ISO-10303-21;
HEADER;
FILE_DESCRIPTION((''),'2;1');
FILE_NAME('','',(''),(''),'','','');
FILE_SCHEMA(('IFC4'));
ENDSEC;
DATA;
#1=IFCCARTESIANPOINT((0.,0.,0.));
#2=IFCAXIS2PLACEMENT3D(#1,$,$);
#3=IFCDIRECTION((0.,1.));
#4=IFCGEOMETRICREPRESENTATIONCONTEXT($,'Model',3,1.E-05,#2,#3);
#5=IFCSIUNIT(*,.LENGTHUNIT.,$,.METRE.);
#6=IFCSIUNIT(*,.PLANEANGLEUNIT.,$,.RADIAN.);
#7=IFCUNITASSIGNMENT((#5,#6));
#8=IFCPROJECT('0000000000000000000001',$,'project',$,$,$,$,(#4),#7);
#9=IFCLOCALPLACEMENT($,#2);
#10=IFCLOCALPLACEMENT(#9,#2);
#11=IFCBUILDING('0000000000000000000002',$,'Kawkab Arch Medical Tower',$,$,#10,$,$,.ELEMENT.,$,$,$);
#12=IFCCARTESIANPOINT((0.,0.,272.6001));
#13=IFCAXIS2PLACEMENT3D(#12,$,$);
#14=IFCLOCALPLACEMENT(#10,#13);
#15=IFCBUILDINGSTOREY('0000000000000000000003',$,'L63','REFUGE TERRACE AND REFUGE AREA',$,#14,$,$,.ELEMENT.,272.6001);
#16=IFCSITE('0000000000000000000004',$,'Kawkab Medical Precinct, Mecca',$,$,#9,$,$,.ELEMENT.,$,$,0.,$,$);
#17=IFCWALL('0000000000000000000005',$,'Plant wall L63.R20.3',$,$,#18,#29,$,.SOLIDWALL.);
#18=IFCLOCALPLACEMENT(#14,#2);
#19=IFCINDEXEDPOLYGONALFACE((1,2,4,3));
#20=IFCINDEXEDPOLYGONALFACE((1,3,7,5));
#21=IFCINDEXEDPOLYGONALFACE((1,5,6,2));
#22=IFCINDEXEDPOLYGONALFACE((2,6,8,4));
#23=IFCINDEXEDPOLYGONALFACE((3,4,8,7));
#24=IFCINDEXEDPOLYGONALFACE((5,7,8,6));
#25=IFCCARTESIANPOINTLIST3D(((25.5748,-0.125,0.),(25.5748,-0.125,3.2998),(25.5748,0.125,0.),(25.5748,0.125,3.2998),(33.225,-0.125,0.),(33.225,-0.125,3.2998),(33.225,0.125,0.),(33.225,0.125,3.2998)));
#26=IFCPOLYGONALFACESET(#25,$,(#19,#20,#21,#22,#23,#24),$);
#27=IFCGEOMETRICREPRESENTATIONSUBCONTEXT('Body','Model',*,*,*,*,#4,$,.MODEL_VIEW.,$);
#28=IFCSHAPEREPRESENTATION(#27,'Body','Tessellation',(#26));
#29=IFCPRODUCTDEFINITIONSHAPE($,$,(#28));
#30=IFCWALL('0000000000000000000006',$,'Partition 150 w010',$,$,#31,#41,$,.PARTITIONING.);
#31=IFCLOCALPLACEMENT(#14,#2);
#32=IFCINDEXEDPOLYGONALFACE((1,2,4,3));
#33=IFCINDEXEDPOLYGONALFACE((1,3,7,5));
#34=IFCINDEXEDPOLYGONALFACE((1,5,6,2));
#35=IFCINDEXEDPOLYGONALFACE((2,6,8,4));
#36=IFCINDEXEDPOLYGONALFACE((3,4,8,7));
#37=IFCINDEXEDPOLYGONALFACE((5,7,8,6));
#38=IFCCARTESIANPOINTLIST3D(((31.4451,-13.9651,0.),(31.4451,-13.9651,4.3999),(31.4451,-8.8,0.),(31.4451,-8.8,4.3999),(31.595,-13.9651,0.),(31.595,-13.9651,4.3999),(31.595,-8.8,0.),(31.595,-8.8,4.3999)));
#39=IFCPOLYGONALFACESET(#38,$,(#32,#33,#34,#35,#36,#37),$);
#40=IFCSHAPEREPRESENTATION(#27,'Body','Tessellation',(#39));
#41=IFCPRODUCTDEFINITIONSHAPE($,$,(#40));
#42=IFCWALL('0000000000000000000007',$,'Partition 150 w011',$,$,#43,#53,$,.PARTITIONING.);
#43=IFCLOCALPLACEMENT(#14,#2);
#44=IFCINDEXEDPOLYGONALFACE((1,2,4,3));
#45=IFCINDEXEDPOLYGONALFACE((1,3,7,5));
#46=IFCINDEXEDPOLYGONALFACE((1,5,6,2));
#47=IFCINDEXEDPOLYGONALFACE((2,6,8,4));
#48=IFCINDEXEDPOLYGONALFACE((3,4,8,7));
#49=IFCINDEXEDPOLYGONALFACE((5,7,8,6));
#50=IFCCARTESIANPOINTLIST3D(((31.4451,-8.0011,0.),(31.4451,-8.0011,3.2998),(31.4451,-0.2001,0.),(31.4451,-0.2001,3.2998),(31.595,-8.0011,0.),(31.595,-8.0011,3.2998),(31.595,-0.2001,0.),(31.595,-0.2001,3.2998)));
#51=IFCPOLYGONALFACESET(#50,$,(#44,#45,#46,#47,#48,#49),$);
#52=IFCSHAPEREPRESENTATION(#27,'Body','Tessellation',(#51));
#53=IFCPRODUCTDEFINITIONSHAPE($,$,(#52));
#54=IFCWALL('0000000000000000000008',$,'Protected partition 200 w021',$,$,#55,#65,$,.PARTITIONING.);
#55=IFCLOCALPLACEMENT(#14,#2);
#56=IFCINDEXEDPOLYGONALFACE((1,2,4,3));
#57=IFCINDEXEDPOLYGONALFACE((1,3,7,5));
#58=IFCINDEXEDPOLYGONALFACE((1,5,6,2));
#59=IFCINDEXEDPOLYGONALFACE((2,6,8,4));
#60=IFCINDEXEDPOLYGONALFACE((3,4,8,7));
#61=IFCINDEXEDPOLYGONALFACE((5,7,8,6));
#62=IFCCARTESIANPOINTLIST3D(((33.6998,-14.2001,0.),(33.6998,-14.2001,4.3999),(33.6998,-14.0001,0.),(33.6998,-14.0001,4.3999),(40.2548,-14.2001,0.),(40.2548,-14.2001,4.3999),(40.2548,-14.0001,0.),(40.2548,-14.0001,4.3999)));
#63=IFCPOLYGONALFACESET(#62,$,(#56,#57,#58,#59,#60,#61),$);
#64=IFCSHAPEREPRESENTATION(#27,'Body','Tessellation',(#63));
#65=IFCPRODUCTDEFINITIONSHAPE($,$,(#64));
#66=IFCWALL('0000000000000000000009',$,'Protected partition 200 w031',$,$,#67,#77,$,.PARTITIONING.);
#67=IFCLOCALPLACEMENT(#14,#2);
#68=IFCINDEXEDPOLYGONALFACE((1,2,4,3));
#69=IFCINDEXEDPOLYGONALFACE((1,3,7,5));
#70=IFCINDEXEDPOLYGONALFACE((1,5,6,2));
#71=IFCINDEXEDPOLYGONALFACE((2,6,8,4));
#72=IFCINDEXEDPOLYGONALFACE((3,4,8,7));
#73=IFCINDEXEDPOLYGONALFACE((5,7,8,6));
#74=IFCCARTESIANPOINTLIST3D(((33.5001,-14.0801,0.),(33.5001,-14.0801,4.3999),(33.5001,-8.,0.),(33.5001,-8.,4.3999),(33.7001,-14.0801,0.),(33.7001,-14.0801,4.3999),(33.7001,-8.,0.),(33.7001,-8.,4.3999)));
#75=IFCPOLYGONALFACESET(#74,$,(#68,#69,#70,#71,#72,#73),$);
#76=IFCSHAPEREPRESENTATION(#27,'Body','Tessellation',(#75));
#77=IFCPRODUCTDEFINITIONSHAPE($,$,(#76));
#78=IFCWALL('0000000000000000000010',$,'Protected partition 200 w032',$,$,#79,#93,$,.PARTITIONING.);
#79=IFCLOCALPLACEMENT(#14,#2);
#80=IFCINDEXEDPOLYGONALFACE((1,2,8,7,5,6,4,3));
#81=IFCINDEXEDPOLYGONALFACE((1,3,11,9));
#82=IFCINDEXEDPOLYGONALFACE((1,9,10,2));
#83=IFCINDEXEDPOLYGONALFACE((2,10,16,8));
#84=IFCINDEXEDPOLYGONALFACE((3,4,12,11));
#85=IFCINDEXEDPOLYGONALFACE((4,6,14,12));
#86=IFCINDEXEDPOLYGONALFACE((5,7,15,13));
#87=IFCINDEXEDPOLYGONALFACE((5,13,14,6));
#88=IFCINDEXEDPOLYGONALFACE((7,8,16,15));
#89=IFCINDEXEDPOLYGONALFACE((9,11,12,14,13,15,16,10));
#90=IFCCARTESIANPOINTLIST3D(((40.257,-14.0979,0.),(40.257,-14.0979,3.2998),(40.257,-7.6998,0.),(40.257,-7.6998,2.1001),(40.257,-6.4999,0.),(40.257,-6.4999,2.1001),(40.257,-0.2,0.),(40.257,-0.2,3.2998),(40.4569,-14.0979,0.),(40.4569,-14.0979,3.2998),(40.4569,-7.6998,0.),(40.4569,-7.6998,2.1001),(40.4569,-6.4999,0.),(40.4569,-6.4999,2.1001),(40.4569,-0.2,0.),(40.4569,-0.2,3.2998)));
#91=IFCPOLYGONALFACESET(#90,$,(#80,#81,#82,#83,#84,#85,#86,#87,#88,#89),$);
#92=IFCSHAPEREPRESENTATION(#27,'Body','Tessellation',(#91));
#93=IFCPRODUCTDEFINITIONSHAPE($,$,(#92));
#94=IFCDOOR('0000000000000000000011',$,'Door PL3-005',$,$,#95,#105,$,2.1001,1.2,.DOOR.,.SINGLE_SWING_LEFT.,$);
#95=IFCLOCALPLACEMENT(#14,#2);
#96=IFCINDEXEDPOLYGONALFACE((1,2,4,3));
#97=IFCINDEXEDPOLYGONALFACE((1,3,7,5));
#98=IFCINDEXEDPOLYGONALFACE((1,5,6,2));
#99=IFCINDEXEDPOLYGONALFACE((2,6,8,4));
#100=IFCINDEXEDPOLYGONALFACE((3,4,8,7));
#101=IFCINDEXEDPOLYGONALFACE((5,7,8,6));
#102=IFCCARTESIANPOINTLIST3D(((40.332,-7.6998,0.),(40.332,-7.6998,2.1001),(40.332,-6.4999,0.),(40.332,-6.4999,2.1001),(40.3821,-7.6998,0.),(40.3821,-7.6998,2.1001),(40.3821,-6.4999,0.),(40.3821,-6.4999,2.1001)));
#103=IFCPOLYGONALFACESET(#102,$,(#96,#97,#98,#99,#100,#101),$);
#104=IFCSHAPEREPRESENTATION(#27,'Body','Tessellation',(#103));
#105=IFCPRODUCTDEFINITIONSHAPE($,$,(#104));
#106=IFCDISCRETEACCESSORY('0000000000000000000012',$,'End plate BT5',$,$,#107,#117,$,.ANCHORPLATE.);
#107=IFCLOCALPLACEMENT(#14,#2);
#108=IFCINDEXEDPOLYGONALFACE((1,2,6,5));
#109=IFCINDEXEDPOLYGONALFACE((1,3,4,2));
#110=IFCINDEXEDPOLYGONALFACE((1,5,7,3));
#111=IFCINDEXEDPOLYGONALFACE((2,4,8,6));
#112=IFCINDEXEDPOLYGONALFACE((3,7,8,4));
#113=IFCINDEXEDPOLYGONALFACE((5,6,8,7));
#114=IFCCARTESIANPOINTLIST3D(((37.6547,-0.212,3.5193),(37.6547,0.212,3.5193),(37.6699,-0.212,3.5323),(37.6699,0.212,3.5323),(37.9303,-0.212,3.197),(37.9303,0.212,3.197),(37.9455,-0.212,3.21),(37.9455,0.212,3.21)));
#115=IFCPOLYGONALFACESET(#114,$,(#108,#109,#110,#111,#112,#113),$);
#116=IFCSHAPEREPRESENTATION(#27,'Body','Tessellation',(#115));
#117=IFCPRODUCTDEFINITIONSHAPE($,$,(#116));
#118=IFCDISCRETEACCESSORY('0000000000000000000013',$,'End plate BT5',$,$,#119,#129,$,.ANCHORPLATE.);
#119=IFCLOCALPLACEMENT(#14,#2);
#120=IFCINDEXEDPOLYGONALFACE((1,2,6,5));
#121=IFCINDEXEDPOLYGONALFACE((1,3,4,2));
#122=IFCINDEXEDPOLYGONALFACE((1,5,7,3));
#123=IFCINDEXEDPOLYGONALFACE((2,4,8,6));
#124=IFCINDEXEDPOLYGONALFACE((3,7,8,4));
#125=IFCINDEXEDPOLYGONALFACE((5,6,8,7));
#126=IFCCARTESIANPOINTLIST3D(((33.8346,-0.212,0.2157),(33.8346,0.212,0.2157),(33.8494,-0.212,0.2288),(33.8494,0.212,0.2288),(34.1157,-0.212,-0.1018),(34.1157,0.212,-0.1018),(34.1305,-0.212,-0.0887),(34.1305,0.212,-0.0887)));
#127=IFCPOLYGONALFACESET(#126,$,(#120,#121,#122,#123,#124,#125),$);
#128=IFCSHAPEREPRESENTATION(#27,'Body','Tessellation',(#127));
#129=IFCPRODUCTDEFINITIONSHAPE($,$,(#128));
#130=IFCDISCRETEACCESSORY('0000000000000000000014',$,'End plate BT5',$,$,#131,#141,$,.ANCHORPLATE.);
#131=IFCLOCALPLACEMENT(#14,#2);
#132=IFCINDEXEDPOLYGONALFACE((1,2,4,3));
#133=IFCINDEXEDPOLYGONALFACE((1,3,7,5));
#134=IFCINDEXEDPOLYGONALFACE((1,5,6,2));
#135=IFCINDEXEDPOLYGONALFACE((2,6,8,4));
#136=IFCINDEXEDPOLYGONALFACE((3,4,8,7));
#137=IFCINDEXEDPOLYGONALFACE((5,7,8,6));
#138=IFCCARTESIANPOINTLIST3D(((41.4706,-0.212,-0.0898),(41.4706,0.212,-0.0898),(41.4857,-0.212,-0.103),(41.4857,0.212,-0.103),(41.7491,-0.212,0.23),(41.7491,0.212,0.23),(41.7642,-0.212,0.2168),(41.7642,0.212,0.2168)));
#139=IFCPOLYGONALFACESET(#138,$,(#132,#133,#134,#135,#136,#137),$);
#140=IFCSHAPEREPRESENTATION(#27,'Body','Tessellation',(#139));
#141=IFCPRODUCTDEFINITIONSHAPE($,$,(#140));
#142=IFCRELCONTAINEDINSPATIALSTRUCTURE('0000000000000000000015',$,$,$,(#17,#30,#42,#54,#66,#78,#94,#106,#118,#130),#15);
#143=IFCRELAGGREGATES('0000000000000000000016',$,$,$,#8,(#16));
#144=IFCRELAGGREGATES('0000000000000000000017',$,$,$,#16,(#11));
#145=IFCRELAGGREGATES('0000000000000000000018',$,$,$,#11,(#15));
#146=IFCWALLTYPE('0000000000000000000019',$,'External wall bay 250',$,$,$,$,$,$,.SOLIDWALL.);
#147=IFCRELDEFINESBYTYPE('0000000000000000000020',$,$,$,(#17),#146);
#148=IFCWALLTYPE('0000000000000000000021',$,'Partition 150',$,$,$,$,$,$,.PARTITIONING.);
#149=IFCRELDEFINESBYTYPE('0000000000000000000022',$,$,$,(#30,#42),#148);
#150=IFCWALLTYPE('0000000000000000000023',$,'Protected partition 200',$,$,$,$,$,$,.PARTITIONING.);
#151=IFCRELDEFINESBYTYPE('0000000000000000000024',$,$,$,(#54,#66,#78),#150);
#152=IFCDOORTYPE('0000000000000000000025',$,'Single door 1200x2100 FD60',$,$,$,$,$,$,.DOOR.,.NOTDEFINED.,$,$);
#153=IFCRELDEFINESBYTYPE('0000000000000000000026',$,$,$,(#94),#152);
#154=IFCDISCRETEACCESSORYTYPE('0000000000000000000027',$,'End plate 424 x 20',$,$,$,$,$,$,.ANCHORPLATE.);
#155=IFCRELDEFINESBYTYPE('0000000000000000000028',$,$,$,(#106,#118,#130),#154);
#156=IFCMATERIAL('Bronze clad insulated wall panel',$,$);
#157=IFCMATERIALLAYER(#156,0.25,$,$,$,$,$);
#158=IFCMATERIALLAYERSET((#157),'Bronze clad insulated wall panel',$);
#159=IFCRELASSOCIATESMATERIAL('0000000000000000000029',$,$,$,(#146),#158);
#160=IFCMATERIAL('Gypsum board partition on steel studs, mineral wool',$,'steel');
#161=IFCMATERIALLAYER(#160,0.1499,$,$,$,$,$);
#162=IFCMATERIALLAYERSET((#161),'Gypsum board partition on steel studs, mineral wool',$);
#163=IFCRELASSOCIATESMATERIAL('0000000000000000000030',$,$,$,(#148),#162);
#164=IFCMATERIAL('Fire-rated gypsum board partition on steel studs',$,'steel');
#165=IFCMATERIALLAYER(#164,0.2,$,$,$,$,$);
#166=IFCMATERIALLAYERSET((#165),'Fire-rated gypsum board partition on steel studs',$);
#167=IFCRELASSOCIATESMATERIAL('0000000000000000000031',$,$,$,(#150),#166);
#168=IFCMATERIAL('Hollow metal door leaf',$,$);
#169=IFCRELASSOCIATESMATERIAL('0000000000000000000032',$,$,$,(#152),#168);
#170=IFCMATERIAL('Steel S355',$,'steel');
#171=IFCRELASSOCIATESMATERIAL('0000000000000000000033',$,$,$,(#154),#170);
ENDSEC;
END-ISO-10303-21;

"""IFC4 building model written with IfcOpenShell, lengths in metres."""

from ifc_helpers import new_model, si_unit, direction, frame, frame_2d, origin, origin_2d, place, context, subcontext, project, spatial, rectangle, extrude, material, layer, layer_set, material_profile, profile_set, type_object, element, fill, save


model = new_model("IFC4")

# Units and contexts
model_context = context("Model", 3, precision=1e-05, world=origin(), true_north=direction((0.0, 1.0)))
body_context = subcontext(model_context, "Body", "Model", "MODEL_VIEW")
ifc_project = project(units=[si_unit("LENGTHUNIT", "METRE"), si_unit("PLANEANGLEUNIT", "RADIAN")], contexts=[model_context])

# Site, building, storey
site_placement = place(None, origin())
site = spatial("IfcSite", under=ifc_project, at=site_placement, Name="Kawkab Medical Precinct, Mecca", CompositionType="ELEMENT", RefElevation=0.0)
building_placement = place(site_placement, origin())
building = spatial("IfcBuilding", under=site, at=building_placement, Name="Kawkab Arch Medical Tower", CompositionType="ELEMENT")
storey_placement = place(building_placement, frame((0.0, 0.0, 272.6001)))
storey = spatial("IfcBuildingStorey", under=building, at=storey_placement, Name="L63", Description="REFUGE TERRACE AND REFUGE AREA", CompositionType="ELEMENT", Elevation=272.6001)

# Walls
ifc_material_1 = material(Name="Bronze clad insulated wall panel")
ifc_layer_1 = layer(ifc_material_1, 0.25)
ifc_layer_set_1 = layer_set([ifc_layer_1], Name="Bronze clad insulated wall panel")
wall_type_1 = type_object("IfcWallType", Name="External wall bay 250", PredefinedType="SOLIDWALL", material=ifc_layer_set_1)
wall_1_placement = place(storey_placement, frame((33.2251, 0.0, 0.0), z_axis=(0.0, 0.0, 1.0), x_axis=(-1.0, 0.0, 0.0)))
element("IfcWall", 1, at=wall_1_placement, inside=storey, type_object=wall_type_1, Name="Plant wall L63.R20.3", PredefinedType="SOLIDWALL", context=body_context, shape_type="SweptSolid", body=[
    extrude(rectangle(XDim=7.6501, YDim=0.25, at=frame_2d((3.8252, 0.0))), origin(), (0.0, 0.0, 1.0), 3.2998),
])
ifc_material_2 = material(Name="Gypsum board partition on steel studs, mineral wool", Category="steel")
ifc_layer_2 = layer(ifc_material_2, 0.1499)
ifc_layer_set_2 = layer_set([ifc_layer_2], Name="Gypsum board partition on steel studs, mineral wool")
wall_type_2 = type_object("IfcWallType", Name="Partition 150", PredefinedType="PARTITIONING", material=ifc_layer_set_2)
wall_2_placement = place(storey_placement, frame((31.52, -13.9651, 0.0), z_axis=(0.0, 0.0, 1.0), x_axis=(0.0, 1.0, 0.0)))
element("IfcWall", 2, at=wall_2_placement, inside=storey, type_object=wall_type_2, Name="Partition 150 w010", PredefinedType="PARTITIONING", context=body_context, shape_type="SweptSolid", body=[
    extrude(rectangle(XDim=5.165, YDim=0.1499, at=frame_2d((2.5825, 0.0))), origin(), (0.0, 0.0, 1.0), 4.3999),
])
wall_3_placement = place(storey_placement, frame((31.52, -8.001, 0.0), z_axis=(0.0, 0.0, 1.0), x_axis=(0.0, 1.0, 0.0)))
element("IfcWall", 3, at=wall_3_placement, inside=storey, type_object=wall_type_2, Name="Partition 150 w011", PredefinedType="PARTITIONING", context=body_context, shape_type="SweptSolid", body=[
    extrude(rectangle(XDim=7.801, YDim=0.1499, at=frame_2d((3.9004, 0.0))), origin(), (0.0, 0.0, 1.0), 3.2998),
])
ifc_material_3 = material(Name="Fire-rated gypsum board partition on steel studs", Category="steel")
ifc_layer_3 = layer(ifc_material_3, 0.2)
ifc_layer_set_3 = layer_set([ifc_layer_3], Name="Fire-rated gypsum board partition on steel studs")
wall_type_3 = type_object("IfcWallType", Name="Protected partition 200", PredefinedType="PARTITIONING", material=ifc_layer_set_3)
wall_4_placement = place(storey_placement, frame((33.7, -14.1001, 0.0), z_axis=(0.0, 0.0, 1.0), x_axis=(1.0, 0.0, 0.0)))
element("IfcWall", 4, at=wall_4_placement, inside=storey, type_object=wall_type_3, Name="Protected partition 200 w021", PredefinedType="PARTITIONING", context=body_context, shape_type="SweptSolid", body=[
    extrude(rectangle(XDim=6.5549, YDim=0.2, at=frame_2d((3.2773, 0.0))), origin(), (0.0, 0.0, 1.0), 4.3999),
])
wall_5_placement = place(storey_placement, frame((33.6001, -14.0801, 0.0), z_axis=(0.0, 0.0, 1.0), x_axis=(0.0, 1.0, 0.0)))
element("IfcWall", 5, at=wall_5_placement, inside=storey, type_object=wall_type_3, Name="Protected partition 200 w031", PredefinedType="PARTITIONING", context=body_context, shape_type="SweptSolid", body=[
    extrude(rectangle(XDim=6.0801, YDim=0.2, at=frame_2d((3.04, 0.0))), origin(), (0.0, 0.0, 1.0), 4.3999),
])

# Wall, opening, door
wall_6_placement = place(storey_placement, frame((40.3569, -14.0979, 0.0), z_axis=(0.0, 0.0, 1.0), x_axis=(0.0, 1.0, 0.0)))
wall_6 = element("IfcWall", 6, at=wall_6_placement, inside=storey, type_object=wall_type_3, Name="Protected partition 200 w032", PredefinedType="PARTITIONING", context=body_context, shape_type="SweptSolid", body=[
    extrude(rectangle(XDim=13.8979, YDim=0.2, at=frame_2d((6.949, 0.0))), origin(), (0.0, 0.0, 1.0), 3.2998),
])
opening_placement = place(wall_6_placement, frame((6.3979, 0.0, 0.0)))
opening = element("IfcOpeningElement", 7, at=opening_placement, cuts=wall_6, PredefinedType="OPENING", context=body_context, shape_type="SweptSolid", body=[
    extrude(rectangle(XDim=1.2, YDim=2.1001, at=frame_2d((0.6001, 1.05))), frame((0.0, 0.1099, 0.0), z_axis=(0.0, -1.0, 0.0), x_axis=(1.0, 0.0, 0.0)), (0.0, 0.0, 1.0), 0.22),
])
ifc_material_4 = material(Name="Hollow metal door leaf")
door_type = type_object("IfcDoorType", Name="Single door 1200x2100 FD60", OperationType="NOTDEFINED", PredefinedType="DOOR", material=ifc_material_4)
door_placement = place(opening_placement, origin())
door = element("IfcDoor", 8, at=door_placement, inside=storey, type_object=door_type, Name="Door PL3-005", OperationType="SINGLE_SWING_LEFT", OverallHeight=2.1001, OverallWidth=1.2, PredefinedType="DOOR", context=body_context, shape_type="SweptSolid", body=[
    extrude(rectangle(XDim=1.2, YDim=2.1001, at=frame_2d((0.6001, 1.05))), frame((0.0, 0.0249, 0.0), z_axis=(0.0, -1.0, 0.0), x_axis=(1.0, 0.0, 0.0)), (0.0, 0.0, 1.0), 0.05),
])
fill(opening, door)

# Discrete accessories
ifc_material_5 = material(Name="Steel S355", Category="steel")
ifc_material_profile_1 = material_profile(ifc_material_5, rectangle(XDim=0.4241, YDim=0.4241, at=origin_2d()), Name="End plate 424 x 20")
ifc_profile_set_1 = profile_set([ifc_material_profile_1], Name="Steel S355")
discrete_accessory_type = type_object("IfcDiscreteAccessoryType", Name="End plate 424 x 20", PredefinedType="ANCHORPLATE", material=ifc_profile_set_1)
discrete_accessory_1_placement = place(storey_placement, frame((37.7925, 0.0, 3.3582), z_axis=(0.760121, 0.0, 0.649781), x_axis=(0.0, 1.0, 0.0)))
element("IfcDiscreteAccessory", 9, at=discrete_accessory_1_placement, inside=storey, type_object=discrete_accessory_type, Name="End plate BT5", PredefinedType="ANCHORPLATE", context=body_context, shape_type="SweptSolid", body=[
    extrude(rectangle(XDim=0.4241, YDim=0.4241, at=origin_2d()), origin(), (0.0, 0.0, 1.0), 0.02),
])
discrete_accessory_2_placement = place(storey_placement, frame((33.99, 0.0, 0.0701), z_axis=(-0.748762, 0.0, -0.662839), x_axis=(0.0, -1.0, 0.0)))
element("IfcDiscreteAccessory", 10, at=discrete_accessory_2_placement, inside=storey, type_object=discrete_accessory_type, Name="End plate BT5", PredefinedType="ANCHORPLATE", context=body_context, shape_type="SweptSolid", body=[
    extrude(rectangle(XDim=0.4241, YDim=0.4241, at=origin_2d()), origin(), (0.0, 0.0, 1.0), 0.0198),
])
discrete_accessory_3_placement = place(storey_placement, frame((41.6099, 0.0, 0.0701), z_axis=(0.754082, 0.0, -0.656781), x_axis=(0.0, 1.0, 0.0)))
element("IfcDiscreteAccessory", 11, at=discrete_accessory_3_placement, inside=storey, type_object=discrete_accessory_type, Name="End plate BT5", PredefinedType="ANCHORPLATE", context=body_context, shape_type="SweptSolid", body=[
    extrude(rectangle(XDim=0.4241, YDim=0.4241, at=origin_2d()), origin(), (0.0, 0.0, 1.0), 0.02),
])

save(model, "model.ifc")
